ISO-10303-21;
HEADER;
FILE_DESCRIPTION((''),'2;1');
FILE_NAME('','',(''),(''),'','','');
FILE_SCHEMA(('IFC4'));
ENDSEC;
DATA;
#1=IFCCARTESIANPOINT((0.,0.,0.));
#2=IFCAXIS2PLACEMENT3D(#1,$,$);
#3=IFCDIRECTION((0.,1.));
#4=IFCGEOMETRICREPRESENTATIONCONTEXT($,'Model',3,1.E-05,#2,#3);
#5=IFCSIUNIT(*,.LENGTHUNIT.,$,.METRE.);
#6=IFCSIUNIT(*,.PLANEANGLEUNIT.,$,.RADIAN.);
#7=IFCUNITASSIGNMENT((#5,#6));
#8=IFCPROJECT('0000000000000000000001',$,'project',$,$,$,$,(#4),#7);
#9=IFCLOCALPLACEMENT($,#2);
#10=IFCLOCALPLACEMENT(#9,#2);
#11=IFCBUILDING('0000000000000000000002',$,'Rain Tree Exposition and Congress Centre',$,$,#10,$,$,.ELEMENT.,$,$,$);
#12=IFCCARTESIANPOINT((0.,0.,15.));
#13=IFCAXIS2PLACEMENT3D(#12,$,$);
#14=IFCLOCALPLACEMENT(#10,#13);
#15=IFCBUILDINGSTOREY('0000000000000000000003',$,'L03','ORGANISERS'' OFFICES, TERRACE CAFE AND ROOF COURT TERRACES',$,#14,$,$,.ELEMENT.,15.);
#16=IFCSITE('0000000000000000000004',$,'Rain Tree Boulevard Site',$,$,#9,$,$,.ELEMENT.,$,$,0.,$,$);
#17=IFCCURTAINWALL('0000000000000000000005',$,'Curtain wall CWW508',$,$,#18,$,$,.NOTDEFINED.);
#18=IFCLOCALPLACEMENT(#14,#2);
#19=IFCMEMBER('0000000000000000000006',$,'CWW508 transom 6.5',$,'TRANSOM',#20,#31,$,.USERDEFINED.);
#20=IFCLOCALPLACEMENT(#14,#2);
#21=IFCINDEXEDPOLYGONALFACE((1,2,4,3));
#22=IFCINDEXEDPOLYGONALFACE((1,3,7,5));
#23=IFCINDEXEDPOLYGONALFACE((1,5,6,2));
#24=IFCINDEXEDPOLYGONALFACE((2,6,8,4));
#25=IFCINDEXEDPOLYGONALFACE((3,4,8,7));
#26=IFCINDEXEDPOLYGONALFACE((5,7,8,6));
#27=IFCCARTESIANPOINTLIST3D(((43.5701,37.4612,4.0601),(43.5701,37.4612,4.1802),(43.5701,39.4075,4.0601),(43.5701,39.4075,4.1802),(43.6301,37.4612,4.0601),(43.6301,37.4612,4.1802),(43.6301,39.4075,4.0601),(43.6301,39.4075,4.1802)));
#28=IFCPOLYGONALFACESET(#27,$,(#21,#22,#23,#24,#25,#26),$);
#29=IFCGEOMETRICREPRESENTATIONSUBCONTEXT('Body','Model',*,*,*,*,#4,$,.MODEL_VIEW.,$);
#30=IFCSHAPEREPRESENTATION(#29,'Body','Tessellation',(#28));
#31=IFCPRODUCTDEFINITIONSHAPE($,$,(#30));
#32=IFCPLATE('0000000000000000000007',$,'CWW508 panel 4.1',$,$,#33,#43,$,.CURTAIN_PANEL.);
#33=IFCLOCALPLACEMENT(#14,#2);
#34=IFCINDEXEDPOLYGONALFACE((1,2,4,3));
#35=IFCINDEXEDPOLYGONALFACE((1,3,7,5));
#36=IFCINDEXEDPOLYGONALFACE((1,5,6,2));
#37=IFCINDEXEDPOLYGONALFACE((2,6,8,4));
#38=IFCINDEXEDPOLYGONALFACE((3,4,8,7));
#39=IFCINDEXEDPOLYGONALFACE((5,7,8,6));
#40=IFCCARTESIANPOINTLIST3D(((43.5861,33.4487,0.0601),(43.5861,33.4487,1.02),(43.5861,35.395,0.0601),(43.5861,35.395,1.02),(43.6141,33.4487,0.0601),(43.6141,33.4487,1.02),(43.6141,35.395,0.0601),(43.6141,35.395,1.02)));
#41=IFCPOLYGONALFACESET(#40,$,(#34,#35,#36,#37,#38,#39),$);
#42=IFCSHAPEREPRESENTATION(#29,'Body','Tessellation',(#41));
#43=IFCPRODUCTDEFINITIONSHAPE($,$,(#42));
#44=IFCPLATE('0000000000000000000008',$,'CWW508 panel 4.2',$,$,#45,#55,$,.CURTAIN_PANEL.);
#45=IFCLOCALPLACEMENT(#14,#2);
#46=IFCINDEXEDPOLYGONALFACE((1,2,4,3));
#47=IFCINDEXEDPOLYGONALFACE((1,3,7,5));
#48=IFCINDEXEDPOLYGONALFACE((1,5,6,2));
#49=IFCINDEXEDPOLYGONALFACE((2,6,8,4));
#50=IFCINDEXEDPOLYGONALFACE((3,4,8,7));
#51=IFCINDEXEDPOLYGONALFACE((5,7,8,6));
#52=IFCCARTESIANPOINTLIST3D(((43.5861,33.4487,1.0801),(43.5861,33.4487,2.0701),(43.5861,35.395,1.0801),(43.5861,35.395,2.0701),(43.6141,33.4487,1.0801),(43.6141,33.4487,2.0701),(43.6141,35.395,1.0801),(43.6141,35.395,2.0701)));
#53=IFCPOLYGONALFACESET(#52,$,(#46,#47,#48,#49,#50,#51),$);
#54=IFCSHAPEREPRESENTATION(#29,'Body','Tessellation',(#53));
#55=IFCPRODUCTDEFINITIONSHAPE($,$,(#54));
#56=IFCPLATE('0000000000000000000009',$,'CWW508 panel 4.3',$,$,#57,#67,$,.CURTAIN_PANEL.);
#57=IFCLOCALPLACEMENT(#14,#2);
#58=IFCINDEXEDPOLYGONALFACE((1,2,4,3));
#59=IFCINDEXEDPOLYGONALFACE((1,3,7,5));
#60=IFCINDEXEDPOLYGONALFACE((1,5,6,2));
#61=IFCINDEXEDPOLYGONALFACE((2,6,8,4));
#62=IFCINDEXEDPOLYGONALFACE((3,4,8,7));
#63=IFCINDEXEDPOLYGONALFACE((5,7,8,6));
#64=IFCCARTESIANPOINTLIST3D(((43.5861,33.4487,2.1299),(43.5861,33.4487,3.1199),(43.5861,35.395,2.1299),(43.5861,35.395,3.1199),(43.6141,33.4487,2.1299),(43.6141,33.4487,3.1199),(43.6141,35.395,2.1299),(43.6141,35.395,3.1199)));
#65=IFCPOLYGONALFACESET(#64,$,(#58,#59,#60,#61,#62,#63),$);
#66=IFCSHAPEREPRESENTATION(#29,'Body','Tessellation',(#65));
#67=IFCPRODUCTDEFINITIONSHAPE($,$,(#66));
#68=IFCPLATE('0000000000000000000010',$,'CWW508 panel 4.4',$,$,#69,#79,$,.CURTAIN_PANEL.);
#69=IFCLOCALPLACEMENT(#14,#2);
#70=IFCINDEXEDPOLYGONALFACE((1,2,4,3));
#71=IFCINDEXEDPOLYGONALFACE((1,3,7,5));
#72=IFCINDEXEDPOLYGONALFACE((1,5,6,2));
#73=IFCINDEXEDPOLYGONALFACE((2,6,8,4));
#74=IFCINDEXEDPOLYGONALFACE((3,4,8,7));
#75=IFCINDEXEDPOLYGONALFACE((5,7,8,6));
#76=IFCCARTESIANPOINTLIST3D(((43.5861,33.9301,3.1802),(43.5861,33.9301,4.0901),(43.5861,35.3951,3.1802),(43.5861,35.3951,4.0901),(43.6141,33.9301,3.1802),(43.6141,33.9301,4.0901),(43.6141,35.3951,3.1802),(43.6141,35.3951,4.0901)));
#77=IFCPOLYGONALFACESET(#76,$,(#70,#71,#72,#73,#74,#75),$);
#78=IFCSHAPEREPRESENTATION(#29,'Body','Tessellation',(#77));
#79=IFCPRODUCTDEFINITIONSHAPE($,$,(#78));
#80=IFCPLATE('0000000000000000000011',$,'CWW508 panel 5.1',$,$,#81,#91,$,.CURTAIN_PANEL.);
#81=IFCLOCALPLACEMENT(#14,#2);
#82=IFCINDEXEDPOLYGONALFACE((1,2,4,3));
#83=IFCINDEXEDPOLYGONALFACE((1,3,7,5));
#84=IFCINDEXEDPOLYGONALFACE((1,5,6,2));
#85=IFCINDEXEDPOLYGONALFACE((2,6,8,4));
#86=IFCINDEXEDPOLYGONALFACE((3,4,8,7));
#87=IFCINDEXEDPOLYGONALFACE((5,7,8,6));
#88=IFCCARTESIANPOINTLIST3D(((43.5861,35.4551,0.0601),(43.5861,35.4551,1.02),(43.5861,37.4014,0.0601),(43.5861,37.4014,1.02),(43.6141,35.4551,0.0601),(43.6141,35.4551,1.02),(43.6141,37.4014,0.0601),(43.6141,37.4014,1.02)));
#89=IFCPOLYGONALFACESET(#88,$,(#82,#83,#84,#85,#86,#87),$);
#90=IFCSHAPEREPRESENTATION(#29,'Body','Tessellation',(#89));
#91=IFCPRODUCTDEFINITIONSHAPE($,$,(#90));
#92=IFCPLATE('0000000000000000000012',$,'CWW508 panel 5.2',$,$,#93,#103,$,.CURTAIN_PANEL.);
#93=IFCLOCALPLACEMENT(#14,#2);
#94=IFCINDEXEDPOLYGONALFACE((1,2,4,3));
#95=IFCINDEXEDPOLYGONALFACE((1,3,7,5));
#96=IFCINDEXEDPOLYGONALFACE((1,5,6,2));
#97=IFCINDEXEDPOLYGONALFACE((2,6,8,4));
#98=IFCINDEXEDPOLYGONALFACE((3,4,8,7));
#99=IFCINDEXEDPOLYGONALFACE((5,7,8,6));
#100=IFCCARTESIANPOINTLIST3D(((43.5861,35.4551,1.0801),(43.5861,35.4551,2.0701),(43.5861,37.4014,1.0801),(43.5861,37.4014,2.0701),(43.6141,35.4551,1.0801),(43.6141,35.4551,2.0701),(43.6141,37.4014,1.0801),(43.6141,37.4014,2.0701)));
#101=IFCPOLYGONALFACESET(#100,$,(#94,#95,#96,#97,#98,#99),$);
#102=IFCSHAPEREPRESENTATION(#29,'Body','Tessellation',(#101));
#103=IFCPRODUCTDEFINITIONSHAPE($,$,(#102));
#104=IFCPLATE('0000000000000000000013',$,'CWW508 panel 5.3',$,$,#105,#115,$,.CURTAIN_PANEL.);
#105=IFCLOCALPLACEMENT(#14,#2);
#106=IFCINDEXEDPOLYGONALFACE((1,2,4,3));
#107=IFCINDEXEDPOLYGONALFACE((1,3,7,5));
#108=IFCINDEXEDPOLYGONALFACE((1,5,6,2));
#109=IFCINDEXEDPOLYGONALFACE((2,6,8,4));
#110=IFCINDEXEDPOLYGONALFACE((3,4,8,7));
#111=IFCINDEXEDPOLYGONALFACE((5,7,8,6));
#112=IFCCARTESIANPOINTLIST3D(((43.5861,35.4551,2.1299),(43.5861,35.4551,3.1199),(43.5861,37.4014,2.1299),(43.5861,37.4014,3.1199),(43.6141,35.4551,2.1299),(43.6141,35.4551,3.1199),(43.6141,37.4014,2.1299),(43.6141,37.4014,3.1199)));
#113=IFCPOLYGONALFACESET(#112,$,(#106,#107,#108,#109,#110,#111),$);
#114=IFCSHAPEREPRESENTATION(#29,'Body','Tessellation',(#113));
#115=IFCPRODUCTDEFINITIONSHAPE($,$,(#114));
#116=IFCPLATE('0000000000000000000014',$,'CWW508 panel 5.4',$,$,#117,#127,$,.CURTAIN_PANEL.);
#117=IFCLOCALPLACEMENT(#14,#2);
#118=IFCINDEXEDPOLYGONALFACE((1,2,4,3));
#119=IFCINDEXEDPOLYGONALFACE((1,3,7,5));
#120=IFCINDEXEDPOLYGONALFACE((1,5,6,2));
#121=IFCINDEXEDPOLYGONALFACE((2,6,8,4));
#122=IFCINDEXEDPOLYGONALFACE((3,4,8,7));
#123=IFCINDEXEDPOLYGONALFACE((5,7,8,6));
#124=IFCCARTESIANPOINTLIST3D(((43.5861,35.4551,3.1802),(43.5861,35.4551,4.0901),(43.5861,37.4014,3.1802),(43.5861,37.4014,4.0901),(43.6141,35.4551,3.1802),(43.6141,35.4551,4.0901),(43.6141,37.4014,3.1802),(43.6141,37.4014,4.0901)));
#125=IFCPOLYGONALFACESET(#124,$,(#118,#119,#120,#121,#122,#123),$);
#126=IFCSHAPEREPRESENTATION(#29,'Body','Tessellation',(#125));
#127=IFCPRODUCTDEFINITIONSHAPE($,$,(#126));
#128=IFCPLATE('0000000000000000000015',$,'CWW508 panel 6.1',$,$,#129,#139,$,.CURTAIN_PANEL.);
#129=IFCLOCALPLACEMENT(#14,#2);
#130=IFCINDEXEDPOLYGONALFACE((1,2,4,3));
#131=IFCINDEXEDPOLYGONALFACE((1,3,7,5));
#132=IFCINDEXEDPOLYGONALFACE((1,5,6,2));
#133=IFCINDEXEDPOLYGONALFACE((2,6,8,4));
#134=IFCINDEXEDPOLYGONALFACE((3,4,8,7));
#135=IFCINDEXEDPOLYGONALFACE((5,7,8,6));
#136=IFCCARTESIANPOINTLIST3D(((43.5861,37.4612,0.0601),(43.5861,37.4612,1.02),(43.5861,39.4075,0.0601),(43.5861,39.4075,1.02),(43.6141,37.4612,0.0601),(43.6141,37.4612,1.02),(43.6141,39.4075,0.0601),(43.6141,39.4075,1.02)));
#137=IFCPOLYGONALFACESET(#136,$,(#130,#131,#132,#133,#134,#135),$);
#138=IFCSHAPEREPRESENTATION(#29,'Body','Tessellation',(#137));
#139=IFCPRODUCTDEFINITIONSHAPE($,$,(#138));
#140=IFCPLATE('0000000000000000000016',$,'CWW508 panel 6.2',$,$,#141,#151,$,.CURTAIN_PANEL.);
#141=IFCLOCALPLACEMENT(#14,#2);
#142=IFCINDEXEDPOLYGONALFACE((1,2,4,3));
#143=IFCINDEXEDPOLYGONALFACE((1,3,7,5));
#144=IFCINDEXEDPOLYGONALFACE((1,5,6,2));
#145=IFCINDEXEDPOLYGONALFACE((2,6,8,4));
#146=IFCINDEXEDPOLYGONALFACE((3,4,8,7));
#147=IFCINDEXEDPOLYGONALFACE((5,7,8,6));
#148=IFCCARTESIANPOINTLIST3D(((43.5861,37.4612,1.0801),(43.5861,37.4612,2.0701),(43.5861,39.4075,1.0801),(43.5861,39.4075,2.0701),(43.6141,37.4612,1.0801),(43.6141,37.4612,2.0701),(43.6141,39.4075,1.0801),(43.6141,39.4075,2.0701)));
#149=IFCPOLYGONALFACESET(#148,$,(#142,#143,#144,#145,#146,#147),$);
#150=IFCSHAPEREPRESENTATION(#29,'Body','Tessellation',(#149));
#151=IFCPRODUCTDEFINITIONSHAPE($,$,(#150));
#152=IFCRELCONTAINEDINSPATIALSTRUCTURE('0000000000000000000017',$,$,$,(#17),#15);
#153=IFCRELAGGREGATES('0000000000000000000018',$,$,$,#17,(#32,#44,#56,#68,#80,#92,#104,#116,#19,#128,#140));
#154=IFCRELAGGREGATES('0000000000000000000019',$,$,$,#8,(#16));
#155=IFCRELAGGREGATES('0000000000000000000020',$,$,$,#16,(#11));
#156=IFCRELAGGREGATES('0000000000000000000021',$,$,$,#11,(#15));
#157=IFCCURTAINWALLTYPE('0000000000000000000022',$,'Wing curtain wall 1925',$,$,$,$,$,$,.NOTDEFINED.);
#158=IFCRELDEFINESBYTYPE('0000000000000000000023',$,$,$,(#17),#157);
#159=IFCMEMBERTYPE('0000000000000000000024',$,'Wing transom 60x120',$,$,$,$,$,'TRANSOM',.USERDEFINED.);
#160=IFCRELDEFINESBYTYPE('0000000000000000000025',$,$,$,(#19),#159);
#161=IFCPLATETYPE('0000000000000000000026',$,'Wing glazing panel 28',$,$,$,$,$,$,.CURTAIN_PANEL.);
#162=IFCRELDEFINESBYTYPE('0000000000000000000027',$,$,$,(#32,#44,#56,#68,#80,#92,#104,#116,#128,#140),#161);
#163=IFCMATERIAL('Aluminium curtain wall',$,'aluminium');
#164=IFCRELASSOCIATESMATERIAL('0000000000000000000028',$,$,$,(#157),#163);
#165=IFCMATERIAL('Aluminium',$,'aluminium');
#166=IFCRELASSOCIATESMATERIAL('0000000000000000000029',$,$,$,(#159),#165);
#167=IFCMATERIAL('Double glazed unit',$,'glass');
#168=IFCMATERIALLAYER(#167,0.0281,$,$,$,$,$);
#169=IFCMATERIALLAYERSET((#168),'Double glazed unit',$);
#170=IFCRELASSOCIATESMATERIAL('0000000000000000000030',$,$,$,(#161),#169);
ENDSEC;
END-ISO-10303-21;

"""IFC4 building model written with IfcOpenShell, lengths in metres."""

from ifc_helpers import new_model, si_unit, direction, frame, origin, origin_2d, place, context, subcontext, project, spatial, rectangle, extrude, material, layer, layer_set, material_profile, profile_set, type_object, element, aggregate, save


model = new_model("IFC4")

# Units and contexts
model_context = context("Model", 3, precision=1e-05, world=origin(), true_north=direction((0.0, 1.0)))
body_context = subcontext(model_context, "Body", "Model", "MODEL_VIEW")
ifc_project = project(units=[si_unit("LENGTHUNIT", "METRE"), si_unit("PLANEANGLEUNIT", "RADIAN")], contexts=[model_context])

# Site, building, storey
site_placement = place(None, origin())
site = spatial("IfcSite", under=ifc_project, at=site_placement, Name="Rain Tree Boulevard Site", CompositionType="ELEMENT", RefElevation=0.0)
building_placement = place(site_placement, origin())
building = spatial("IfcBuilding", under=site, at=building_placement, Name="Rain Tree Exposition and Congress Centre", CompositionType="ELEMENT")
storey_placement = place(building_placement, frame((0.0, 0.0, 15.0)))
storey = spatial("IfcBuildingStorey", under=building, at=storey_placement, Name="L03", Description="ORGANISERS' OFFICES, TERRACE CAFE AND ROOF COURT TERRACES", CompositionType="ELEMENT", Elevation=15.0)

# Curtain wall, member, plates
ifc_material_1 = material(Name="Aluminium curtain wall", Category="aluminium")
curtain_wall_type = type_object("IfcCurtainWallType", Name="Wing curtain wall 1925", PredefinedType="NOTDEFINED", material=ifc_material_1)
curtain_wall_placement = place(storey_placement, origin())
curtain_wall = element("IfcCurtainWall", 1, at=curtain_wall_placement, inside=storey, type_object=curtain_wall_type, Name="Curtain wall CWW508", PredefinedType="NOTDEFINED")
ifc_material_2 = material(Name="Aluminium", Category="aluminium")
ifc_material_profile_1 = material_profile(ifc_material_2, rectangle(XDim=0.0601, YDim=0.1201, at=origin_2d()), Name="Aluminium 60x120")
ifc_profile_set_1 = profile_set([ifc_material_profile_1], Name="Aluminium")
member_type_1 = type_object("IfcMemberType", Name="Wing transom 60x120", ElementType="TRANSOM", PredefinedType="USERDEFINED", material=ifc_profile_set_1)
member_1_placement = place(storey_placement, frame((43.6001, 37.4612, 4.1201), z_axis=(0.0, 1.0, 0.0), x_axis=(-1.0, 0.0, 0.0)))
member_1 = element("IfcMember", 2, at=member_1_placement, type_object=member_type_1, Name="CWW508 transom 6.5", ObjectType="TRANSOM", PredefinedType="USERDEFINED", context=body_context, shape_type="SweptSolid", body=[
    extrude(rectangle(XDim=0.0601, YDim=0.1201, at=origin_2d()), origin(), (0.0, 0.0, 1.0), 1.9463),
])
ifc_material_3 = material(Name="Double glazed unit", Category="glass")
ifc_layer = layer(ifc_material_3, 0.0281)
ifc_layer_set = layer_set([ifc_layer], Name="Double glazed unit")
plate_type = type_object("IfcPlateType", Name="Wing glazing panel 28", PredefinedType="CURTAIN_PANEL", material=ifc_layer_set)
plate_1_placement = place(storey_placement, frame((43.6001, 34.4219, 0.0601), z_axis=(0.0, 0.0, 1.0), x_axis=(0.0, 1.0, 0.0)))
plate_1 = element("IfcPlate", 3, at=plate_1_placement, type_object=plate_type, Name="CWW508 panel 4.1", PredefinedType="CURTAIN_PANEL", context=body_context, shape_type="SweptSolid", body=[
    extrude(rectangle(XDim=1.9463, YDim=0.0281, at=origin_2d()), origin(), (0.0, 0.0, 1.0), 0.96),
])
plate_2_placement = place(storey_placement, frame((43.6001, 34.4219, 1.0801), z_axis=(0.0, 0.0, 1.0), x_axis=(0.0, 1.0, 0.0)))
plate_2 = element("IfcPlate", 4, at=plate_2_placement, type_object=plate_type, Name="CWW508 panel 4.2", PredefinedType="CURTAIN_PANEL", context=body_context, shape_type="SweptSolid", body=[
    extrude(rectangle(XDim=1.9463, YDim=0.0281, at=origin_2d()), origin(), (0.0, 0.0, 1.0), 0.99),
])
plate_3_placement = place(storey_placement, frame((43.6001, 34.4219, 2.1299), z_axis=(0.0, 0.0, 1.0), x_axis=(0.0, 1.0, 0.0)))
plate_3 = element("IfcPlate", 5, at=plate_3_placement, type_object=plate_type, Name="CWW508 panel 4.3", PredefinedType="CURTAIN_PANEL", context=body_context, shape_type="SweptSolid", body=[
    extrude(rectangle(XDim=1.9463, YDim=0.0281, at=origin_2d()), origin(), (0.0, 0.0, 1.0), 0.99),
])
plate_4_placement = place(storey_placement, frame((43.6001, 34.6626, 3.1802), z_axis=(0.0, 0.0, 1.0), x_axis=(0.0, 1.0, 0.0)))
plate_4 = element("IfcPlate", 6, at=plate_4_placement, type_object=plate_type, Name="CWW508 panel 4.4", PredefinedType="CURTAIN_PANEL", context=body_context, shape_type="SweptSolid", body=[
    extrude(rectangle(XDim=1.4651, YDim=0.0281, at=origin_2d()), origin(), (0.0, 0.0, 1.0), 0.9099),
])
plate_5_placement = place(storey_placement, frame((43.6001, 36.4282, 0.0601), z_axis=(0.0, 0.0, 1.0), x_axis=(0.0, 1.0, 0.0)))
plate_5 = element("IfcPlate", 7, at=plate_5_placement, type_object=plate_type, Name="CWW508 panel 5.1", PredefinedType="CURTAIN_PANEL", context=body_context, shape_type="SweptSolid", body=[
    extrude(rectangle(XDim=1.9463, YDim=0.0281, at=origin_2d()), origin(), (0.0, 0.0, 1.0), 0.96),
])
plate_6_placement = place(storey_placement, frame((43.6001, 36.4282, 1.0801), z_axis=(0.0, 0.0, 1.0), x_axis=(0.0, 1.0, 0.0)))
plate_6 = element("IfcPlate", 8, at=plate_6_placement, type_object=plate_type, Name="CWW508 panel 5.2", PredefinedType="CURTAIN_PANEL", context=body_context, shape_type="SweptSolid", body=[
    extrude(rectangle(XDim=1.9463, YDim=0.0281, at=origin_2d()), origin(), (0.0, 0.0, 1.0), 0.99),
])
plate_7_placement = place(storey_placement, frame((43.6001, 36.4282, 2.1299), z_axis=(0.0, 0.0, 1.0), x_axis=(0.0, 1.0, 0.0)))
plate_7 = element("IfcPlate", 9, at=plate_7_placement, type_object=plate_type, Name="CWW508 panel 5.3", PredefinedType="CURTAIN_PANEL", context=body_context, shape_type="SweptSolid", body=[
    extrude(rectangle(XDim=1.9463, YDim=0.0281, at=origin_2d()), origin(), (0.0, 0.0, 1.0), 0.99),
])
plate_8_placement = place(storey_placement, frame((43.6001, 36.4282, 3.1802), z_axis=(0.0, 0.0, 1.0), x_axis=(0.0, 1.0, 0.0)))
plate_8 = element("IfcPlate", 10, at=plate_8_placement, type_object=plate_type, Name="CWW508 panel 5.4", PredefinedType="CURTAIN_PANEL", context=body_context, shape_type="SweptSolid", body=[
    extrude(rectangle(XDim=1.9463, YDim=0.0281, at=origin_2d()), origin(), (0.0, 0.0, 1.0), 0.9099),
])
plate_9_placement = place(storey_placement, frame((43.6001, 38.4343, 0.0601), z_axis=(0.0, 0.0, 1.0), x_axis=(0.0, 1.0, 0.0)))
plate_9 = element("IfcPlate", 11, at=plate_9_placement, type_object=plate_type, Name="CWW508 panel 6.1", PredefinedType="CURTAIN_PANEL", context=body_context, shape_type="SweptSolid", body=[
    extrude(rectangle(XDim=1.9463, YDim=0.0281, at=origin_2d()), origin(), (0.0, 0.0, 1.0), 0.96),
])
plate_10_placement = place(storey_placement, frame((43.6001, 38.4343, 1.0801), z_axis=(0.0, 0.0, 1.0), x_axis=(0.0, 1.0, 0.0)))
plate_10 = element("IfcPlate", 12, at=plate_10_placement, type_object=plate_type, Name="CWW508 panel 6.2", PredefinedType="CURTAIN_PANEL", context=body_context, shape_type="SweptSolid", body=[
    extrude(rectangle(XDim=1.9463, YDim=0.0281, at=origin_2d()), origin(), (0.0, 0.0, 1.0), 0.99),
])
aggregate(curtain_wall, [plate_1, plate_2, plate_3, plate_4, plate_5, plate_6, plate_7, plate_8, member_1, plate_9, plate_10])

save(model, "model.ifc")
